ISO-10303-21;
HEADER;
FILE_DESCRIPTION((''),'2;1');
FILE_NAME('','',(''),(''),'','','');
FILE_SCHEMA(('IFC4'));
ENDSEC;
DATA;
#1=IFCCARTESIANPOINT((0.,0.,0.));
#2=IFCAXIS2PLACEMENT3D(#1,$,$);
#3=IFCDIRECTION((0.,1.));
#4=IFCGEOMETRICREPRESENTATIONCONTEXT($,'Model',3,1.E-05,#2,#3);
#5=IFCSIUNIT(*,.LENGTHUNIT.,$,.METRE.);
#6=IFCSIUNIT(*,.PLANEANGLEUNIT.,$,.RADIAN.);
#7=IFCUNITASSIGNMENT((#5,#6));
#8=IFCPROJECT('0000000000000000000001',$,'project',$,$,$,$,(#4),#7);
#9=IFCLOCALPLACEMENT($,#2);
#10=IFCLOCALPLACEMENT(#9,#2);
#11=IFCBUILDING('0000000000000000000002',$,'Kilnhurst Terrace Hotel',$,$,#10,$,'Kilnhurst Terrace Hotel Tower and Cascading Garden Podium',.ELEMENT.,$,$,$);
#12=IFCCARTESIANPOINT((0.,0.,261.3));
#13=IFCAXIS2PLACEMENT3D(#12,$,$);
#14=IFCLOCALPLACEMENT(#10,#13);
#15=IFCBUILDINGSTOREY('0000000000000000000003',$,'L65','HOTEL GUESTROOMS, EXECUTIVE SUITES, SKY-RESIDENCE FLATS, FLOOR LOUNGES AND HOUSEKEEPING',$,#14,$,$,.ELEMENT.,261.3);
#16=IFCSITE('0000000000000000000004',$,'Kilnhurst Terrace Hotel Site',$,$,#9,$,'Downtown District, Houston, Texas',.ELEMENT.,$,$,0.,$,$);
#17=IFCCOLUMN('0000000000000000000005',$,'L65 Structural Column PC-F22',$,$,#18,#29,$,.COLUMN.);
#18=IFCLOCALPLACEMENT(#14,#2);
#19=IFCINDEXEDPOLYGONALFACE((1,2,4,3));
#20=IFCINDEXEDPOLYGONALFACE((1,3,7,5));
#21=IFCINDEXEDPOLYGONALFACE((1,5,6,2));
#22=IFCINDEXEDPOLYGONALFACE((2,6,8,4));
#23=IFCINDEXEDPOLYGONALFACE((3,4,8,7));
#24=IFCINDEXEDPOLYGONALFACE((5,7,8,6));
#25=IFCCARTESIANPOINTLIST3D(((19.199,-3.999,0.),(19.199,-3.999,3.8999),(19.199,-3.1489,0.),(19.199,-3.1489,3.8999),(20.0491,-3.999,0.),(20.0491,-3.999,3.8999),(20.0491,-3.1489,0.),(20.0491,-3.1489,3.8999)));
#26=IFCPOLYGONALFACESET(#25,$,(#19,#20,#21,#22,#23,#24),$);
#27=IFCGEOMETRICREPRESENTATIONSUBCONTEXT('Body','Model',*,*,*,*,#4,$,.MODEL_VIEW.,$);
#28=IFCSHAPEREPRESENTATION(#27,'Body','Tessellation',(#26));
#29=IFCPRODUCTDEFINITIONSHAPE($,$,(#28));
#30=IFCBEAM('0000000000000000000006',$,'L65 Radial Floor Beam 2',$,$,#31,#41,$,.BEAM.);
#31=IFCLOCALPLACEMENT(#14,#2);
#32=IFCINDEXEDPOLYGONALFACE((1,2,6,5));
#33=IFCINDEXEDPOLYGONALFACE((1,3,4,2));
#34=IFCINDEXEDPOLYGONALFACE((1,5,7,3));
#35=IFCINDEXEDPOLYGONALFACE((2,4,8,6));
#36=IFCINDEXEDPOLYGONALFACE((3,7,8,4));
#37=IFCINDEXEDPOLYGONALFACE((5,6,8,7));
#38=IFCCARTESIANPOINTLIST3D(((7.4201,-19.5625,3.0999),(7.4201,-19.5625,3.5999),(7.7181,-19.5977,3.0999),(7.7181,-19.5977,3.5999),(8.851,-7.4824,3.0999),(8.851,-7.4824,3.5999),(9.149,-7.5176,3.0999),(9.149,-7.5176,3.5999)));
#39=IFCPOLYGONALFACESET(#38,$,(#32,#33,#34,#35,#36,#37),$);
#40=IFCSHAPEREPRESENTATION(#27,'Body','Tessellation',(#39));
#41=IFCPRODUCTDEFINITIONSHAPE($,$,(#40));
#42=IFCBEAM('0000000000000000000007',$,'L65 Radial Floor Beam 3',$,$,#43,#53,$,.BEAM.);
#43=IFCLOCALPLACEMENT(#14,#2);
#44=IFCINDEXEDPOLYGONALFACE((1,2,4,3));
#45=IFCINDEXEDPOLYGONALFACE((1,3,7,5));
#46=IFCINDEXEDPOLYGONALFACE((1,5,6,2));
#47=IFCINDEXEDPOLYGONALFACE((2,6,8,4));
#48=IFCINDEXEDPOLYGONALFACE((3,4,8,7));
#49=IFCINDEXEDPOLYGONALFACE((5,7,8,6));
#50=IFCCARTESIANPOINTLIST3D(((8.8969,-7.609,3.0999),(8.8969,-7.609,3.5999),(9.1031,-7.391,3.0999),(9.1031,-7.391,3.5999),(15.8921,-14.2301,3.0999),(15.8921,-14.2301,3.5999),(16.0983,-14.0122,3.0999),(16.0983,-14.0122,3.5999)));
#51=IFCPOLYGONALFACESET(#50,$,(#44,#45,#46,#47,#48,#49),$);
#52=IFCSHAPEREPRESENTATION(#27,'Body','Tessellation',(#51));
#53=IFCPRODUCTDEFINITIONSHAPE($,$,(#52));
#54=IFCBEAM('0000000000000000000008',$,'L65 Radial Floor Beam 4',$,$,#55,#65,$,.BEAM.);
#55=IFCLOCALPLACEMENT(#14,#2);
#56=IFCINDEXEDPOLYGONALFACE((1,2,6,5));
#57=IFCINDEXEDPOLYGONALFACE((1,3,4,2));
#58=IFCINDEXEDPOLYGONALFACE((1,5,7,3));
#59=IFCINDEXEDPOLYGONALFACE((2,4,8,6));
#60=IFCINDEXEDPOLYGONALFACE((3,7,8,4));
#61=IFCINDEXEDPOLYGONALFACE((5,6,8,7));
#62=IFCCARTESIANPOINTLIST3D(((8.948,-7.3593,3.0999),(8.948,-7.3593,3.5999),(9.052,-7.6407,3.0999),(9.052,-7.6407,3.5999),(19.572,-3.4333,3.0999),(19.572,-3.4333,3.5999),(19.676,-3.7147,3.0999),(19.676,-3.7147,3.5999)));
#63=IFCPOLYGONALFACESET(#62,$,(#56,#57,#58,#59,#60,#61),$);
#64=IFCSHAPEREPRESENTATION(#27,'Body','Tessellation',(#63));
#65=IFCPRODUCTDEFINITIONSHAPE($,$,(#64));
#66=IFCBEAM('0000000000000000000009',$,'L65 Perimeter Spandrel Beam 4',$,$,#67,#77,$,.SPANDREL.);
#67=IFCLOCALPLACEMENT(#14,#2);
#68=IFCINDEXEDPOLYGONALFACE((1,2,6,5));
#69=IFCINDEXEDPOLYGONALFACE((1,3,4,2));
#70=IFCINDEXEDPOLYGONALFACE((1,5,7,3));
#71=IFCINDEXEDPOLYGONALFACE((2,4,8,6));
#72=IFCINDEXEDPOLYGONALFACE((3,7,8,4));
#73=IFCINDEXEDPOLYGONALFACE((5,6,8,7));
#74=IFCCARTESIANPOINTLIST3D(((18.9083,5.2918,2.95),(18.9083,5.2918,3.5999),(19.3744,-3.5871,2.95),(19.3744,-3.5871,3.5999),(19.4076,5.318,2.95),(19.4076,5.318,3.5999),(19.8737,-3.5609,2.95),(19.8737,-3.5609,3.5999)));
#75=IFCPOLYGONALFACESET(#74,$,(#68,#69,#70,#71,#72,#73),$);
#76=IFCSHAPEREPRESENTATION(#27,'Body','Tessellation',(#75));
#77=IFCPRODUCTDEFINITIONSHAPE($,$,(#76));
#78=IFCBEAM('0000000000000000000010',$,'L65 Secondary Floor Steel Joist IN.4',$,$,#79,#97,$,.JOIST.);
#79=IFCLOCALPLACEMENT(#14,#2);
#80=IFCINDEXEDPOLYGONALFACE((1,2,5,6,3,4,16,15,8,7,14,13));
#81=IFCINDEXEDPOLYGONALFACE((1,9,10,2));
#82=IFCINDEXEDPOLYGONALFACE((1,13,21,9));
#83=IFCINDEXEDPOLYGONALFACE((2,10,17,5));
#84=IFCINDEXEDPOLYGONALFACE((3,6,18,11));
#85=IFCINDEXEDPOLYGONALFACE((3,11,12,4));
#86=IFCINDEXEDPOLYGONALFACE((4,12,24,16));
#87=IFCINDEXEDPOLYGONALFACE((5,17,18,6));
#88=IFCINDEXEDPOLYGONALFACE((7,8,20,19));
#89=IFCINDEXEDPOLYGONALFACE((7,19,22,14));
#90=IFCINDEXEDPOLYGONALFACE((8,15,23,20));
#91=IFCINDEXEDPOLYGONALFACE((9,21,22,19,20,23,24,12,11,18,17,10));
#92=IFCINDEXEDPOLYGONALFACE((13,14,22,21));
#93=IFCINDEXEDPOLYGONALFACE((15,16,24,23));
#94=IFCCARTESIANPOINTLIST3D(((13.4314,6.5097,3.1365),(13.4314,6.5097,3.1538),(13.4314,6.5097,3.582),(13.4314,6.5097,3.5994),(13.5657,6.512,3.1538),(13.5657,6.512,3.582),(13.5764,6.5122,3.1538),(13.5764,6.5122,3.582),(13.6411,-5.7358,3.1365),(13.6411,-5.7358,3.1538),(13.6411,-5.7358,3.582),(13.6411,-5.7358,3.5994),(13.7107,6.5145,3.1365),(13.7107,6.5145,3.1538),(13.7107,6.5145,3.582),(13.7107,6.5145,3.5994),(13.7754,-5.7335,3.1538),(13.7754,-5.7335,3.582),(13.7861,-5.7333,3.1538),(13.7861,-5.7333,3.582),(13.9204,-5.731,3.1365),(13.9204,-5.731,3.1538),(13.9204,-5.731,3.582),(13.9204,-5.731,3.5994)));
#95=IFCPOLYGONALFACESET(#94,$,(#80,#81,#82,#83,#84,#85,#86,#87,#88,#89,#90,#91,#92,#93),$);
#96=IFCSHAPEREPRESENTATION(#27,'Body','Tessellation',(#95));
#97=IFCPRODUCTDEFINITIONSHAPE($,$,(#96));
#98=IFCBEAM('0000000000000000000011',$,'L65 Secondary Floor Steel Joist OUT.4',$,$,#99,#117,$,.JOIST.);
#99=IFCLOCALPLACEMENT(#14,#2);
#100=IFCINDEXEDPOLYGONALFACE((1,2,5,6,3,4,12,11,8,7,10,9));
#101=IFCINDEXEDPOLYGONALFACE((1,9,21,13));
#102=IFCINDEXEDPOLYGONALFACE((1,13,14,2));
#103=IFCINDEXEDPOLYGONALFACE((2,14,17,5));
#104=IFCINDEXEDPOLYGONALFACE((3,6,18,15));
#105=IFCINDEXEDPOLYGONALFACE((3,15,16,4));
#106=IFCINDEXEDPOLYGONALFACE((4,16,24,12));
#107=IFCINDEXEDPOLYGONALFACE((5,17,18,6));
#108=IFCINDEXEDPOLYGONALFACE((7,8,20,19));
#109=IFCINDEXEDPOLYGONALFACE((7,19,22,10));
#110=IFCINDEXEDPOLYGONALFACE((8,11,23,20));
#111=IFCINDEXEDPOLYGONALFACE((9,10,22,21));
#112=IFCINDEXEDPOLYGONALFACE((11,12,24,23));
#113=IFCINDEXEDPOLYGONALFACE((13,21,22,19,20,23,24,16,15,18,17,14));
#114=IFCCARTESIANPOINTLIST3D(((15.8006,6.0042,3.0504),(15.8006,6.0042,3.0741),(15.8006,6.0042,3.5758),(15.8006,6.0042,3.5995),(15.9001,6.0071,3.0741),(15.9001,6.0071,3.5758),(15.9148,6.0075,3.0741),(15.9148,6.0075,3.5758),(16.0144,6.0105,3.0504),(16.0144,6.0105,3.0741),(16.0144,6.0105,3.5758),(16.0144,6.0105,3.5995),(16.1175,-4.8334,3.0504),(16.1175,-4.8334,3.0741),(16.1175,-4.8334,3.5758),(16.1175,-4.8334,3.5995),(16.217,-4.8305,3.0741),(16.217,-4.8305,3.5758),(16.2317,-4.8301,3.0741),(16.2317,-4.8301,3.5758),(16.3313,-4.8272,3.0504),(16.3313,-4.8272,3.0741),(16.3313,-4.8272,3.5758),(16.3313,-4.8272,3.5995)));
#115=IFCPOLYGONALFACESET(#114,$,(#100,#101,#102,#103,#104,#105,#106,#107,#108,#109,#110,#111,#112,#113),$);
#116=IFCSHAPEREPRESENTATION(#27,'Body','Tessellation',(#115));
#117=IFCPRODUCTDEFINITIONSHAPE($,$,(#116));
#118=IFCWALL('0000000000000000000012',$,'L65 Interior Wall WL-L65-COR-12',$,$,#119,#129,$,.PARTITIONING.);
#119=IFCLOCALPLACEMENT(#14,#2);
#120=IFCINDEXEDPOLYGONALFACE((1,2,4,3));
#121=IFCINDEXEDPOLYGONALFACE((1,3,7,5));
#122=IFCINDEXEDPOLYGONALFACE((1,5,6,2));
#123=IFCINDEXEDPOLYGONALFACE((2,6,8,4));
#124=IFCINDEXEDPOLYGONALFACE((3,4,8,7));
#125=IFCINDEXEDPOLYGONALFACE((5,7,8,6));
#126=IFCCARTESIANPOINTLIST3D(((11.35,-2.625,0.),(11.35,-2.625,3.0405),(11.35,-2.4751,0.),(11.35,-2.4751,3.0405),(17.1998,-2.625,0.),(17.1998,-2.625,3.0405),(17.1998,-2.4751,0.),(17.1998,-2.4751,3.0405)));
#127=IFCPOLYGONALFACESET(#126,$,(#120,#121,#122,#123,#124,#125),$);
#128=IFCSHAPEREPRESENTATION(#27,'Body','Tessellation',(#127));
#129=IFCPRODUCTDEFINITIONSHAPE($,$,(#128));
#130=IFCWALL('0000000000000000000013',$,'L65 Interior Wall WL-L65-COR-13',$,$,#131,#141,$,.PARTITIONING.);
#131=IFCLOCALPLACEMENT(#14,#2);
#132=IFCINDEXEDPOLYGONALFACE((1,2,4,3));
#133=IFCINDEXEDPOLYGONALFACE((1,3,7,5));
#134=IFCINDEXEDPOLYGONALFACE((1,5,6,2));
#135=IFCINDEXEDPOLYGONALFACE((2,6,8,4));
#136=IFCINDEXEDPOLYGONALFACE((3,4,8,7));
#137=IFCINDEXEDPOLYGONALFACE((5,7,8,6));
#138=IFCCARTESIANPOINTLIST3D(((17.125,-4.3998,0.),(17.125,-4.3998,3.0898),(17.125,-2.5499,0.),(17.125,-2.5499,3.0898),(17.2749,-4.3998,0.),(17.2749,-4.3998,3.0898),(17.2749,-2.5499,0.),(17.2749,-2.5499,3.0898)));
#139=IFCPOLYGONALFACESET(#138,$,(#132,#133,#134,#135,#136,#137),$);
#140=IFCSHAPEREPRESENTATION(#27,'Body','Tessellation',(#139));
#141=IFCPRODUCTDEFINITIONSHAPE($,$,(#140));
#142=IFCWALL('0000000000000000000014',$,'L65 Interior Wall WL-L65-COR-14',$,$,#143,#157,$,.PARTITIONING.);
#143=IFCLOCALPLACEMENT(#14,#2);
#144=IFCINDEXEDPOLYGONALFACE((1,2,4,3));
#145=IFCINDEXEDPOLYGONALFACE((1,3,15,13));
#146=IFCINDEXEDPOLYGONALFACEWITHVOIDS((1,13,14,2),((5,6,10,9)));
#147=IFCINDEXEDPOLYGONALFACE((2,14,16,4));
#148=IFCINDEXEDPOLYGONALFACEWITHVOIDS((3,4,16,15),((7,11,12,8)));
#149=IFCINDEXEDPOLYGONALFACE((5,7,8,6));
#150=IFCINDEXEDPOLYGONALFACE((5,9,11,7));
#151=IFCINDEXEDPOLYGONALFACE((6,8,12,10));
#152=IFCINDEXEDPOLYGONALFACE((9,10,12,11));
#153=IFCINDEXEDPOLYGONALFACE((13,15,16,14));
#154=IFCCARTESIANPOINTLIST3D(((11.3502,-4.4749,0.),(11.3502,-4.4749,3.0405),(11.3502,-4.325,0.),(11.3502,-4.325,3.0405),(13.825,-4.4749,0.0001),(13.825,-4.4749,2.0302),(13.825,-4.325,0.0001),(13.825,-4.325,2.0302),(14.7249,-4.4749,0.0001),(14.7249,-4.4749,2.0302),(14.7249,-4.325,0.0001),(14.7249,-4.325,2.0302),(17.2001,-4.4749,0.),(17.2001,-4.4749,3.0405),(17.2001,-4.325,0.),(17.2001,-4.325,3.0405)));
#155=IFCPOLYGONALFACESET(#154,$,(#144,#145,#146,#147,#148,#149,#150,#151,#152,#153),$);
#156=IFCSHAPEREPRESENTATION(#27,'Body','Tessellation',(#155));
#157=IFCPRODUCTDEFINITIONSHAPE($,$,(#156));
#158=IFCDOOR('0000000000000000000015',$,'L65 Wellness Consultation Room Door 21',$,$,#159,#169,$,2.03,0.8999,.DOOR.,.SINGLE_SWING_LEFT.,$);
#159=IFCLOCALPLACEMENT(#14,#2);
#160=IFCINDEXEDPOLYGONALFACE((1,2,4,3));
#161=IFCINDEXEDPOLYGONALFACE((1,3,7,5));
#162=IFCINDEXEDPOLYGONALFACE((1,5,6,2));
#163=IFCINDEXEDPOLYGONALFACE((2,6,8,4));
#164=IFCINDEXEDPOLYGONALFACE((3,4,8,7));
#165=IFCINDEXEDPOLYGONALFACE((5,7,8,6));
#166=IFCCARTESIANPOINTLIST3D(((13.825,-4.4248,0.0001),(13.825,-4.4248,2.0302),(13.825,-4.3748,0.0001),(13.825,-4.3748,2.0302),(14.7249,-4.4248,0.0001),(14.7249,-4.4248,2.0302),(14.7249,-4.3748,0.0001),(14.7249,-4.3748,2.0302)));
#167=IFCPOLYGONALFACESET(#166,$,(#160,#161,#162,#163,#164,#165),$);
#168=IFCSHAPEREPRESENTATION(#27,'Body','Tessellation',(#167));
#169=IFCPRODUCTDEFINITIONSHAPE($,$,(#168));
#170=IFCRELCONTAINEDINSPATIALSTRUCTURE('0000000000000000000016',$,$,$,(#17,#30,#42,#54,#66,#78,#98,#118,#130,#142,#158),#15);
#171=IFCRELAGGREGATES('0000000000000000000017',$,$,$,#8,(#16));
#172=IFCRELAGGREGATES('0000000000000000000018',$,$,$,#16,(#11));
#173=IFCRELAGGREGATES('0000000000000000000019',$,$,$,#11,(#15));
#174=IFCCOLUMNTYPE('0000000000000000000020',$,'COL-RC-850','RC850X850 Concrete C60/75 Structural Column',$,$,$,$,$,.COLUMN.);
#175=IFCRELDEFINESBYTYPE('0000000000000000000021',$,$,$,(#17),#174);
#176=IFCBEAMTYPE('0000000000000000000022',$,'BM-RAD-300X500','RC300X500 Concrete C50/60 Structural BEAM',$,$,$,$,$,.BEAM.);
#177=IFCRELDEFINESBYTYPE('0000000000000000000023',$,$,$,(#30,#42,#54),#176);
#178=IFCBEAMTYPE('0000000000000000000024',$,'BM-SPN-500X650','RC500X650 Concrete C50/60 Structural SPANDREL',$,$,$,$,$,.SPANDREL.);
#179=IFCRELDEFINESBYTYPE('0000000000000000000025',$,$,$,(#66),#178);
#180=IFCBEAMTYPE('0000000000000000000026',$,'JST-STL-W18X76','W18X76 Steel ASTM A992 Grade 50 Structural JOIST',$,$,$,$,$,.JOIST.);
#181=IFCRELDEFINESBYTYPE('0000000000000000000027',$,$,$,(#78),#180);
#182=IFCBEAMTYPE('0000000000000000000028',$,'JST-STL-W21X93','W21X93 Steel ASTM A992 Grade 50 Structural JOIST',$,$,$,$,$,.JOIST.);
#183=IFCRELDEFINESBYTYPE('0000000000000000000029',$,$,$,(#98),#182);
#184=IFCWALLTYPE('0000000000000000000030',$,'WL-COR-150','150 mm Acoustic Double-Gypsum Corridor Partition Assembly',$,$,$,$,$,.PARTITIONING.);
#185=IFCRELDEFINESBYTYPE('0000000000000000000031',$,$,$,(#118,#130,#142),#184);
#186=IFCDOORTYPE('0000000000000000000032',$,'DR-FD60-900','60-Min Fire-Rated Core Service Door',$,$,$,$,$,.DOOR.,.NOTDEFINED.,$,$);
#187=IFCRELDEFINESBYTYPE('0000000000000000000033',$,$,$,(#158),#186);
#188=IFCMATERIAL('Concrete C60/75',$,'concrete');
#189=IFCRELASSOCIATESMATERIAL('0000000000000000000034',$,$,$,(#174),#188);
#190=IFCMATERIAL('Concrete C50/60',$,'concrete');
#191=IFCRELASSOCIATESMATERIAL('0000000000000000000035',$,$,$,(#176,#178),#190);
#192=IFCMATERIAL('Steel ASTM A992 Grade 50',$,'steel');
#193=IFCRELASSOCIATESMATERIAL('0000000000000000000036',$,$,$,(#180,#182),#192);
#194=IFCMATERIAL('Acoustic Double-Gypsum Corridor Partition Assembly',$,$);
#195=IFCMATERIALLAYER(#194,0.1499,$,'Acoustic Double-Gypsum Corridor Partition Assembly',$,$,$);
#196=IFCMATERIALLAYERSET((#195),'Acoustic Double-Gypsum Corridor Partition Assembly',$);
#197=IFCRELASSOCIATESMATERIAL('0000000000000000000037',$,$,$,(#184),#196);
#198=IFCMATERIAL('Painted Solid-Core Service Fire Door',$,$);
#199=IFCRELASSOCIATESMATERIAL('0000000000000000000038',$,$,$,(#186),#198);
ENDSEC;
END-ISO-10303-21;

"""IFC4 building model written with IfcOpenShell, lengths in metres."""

from ifc_helpers import new_model, si_unit, direction, frame, frame_2d, origin, origin_2d, place, context, subcontext, project, spatial, rectangle, i_section, extrude, material, layer, layer_set, material_profile, profile_set, type_object, element, fill, save


model = new_model("IFC4")

# Units and contexts
model_context = context("Model", 3, precision=1e-05, world=origin(), true_north=direction((0.0, 1.0)))
body_context = subcontext(model_context, "Body", "Model", "MODEL_VIEW")
ifc_project = project(units=[si_unit("LENGTHUNIT", "METRE"), si_unit("PLANEANGLEUNIT", "RADIAN")], contexts=[model_context])

# Site, building, storey
site_placement = place(None, origin())
site = spatial("IfcSite", under=ifc_project, at=site_placement, Name="Kilnhurst Terrace Hotel Site", LongName="Downtown District, Houston, Texas", CompositionType="ELEMENT", RefElevation=0.0)
building_placement = place(site_placement, origin())
building = spatial("IfcBuilding", under=site, at=building_placement, Name="Kilnhurst Terrace Hotel", LongName="Kilnhurst Terrace Hotel Tower and Cascading Garden Podium", CompositionType="ELEMENT")
storey_placement = place(building_placement, frame((0.0, 0.0, 261.3)))
storey = spatial("IfcBuildingStorey", under=building, at=storey_placement, Name="L65", Description="HOTEL GUESTROOMS, EXECUTIVE SUITES, SKY-RESIDENCE FLATS, FLOOR LOUNGES AND HOUSEKEEPING", CompositionType="ELEMENT", Elevation=261.3)

# Column
ifc_material_1 = material(Name="Concrete C60/75", Category="concrete")
ifc_material_profile_1 = material_profile(ifc_material_1, rectangle(XDim=0.8501, YDim=0.8501, at=origin_2d()), Name="RC850X850")
ifc_profile_set_1 = profile_set([ifc_material_profile_1], Name="Concrete C60/75")
column_type = type_object("IfcColumnType", Name="COL-RC-850", Description="RC850X850 Concrete C60/75 Structural Column", PredefinedType="COLUMN", material=ifc_profile_set_1)
column_placement = place(storey_placement, frame((19.624, -3.574, 0.0), z_axis=(0.0, 0.0, 1.0), x_axis=(1.0, 0.0, 0.0)))
element("IfcColumn", 1, at=column_placement, inside=storey, type_object=column_type, Name="L65 Structural Column PC-F22", PredefinedType="COLUMN", context=body_context, shape_type="SweptSolid", body=[
    extrude(rectangle(XDim=0.8501, YDim=0.8501, at=origin_2d()), origin(), (0.0, 0.0, 1.0), 3.8999),
])

# Beams
ifc_material_2 = material(Name="Concrete C50/60", Category="concrete")
ifc_material_profile_2 = material_profile(ifc_material_2, rectangle(XDim=0.3, YDim=0.5, at=origin_2d()), Name="RC300X500")
ifc_profile_set_2 = profile_set([ifc_material_profile_2], Name="Concrete C50/60")
beam_type_1 = type_object("IfcBeamType", Name="BM-RAD-300X500", Description="RC300X500 Concrete C50/60 Structural BEAM", PredefinedType="BEAM", material=ifc_profile_set_2)
beam_1_placement = place(storey_placement, frame((9.0, -7.5, 3.3499), z_axis=(-0.11763, -0.993058, 0.0), x_axis=(0.993058, -0.11763, 0.0)))
element("IfcBeam", 2, at=beam_1_placement, inside=storey, type_object=beam_type_1, Name="L65 Radial Floor Beam 2", PredefinedType="BEAM", context=body_context, shape_type="SweptSolid", body=[
    extrude(rectangle(XDim=0.3, YDim=0.5, at=origin_2d()), origin(), (0.0, 0.0, 1.0), 12.1646),
])
beam_2_placement = place(storey_placement, frame((9.0, -7.5, 3.3499), z_axis=(0.726256, -0.687424, 0.0), x_axis=(0.687424, 0.726256, 0.0)))
element("IfcBeam", 3, at=beam_2_placement, inside=storey, type_object=beam_type_1, Name="L65 Radial Floor Beam 3", PredefinedType="BEAM", context=body_context, shape_type="SweptSolid", body=[
    extrude(rectangle(XDim=0.3, YDim=0.5, at=origin_2d()), origin(), (0.0, 0.0, 1.0), 9.6318),
])
beam_3_placement = place(storey_placement, frame((9.0, -7.5, 3.3499), z_axis=(0.938002, 0.346631, 0.0), x_axis=(-0.346631, 0.938002, 0.0)))
element("IfcBeam", 4, at=beam_3_placement, inside=storey, type_object=beam_type_1, Name="L65 Radial Floor Beam 4", PredefinedType="BEAM", context=body_context, shape_type="SweptSolid", body=[
    extrude(rectangle(XDim=0.3, YDim=0.5, at=origin_2d()), origin(), (0.0, 0.0, 1.0), 11.3262),
])
ifc_material_profile_3 = material_profile(ifc_material_2, rectangle(XDim=0.5, YDim=0.6499, at=origin_2d()), Name="RC500X650")
ifc_profile_set_3 = profile_set([ifc_material_profile_3], Name="Concrete C50/60")
beam_type_2 = type_object("IfcBeamType", Name="BM-SPN-500X650", Description="RC500X650 Concrete C50/60 Structural SPANDREL", PredefinedType="SPANDREL", material=ifc_profile_set_3)
beam_4_placement = place(storey_placement, frame((19.624, -3.574, 3.2749), z_axis=(-0.052419, 0.998625, 0.0), x_axis=(-0.998625, -0.052419, 0.0)))
element("IfcBeam", 5, at=beam_4_placement, inside=storey, type_object=beam_type_2, Name="L65 Perimeter Spandrel Beam 4", PredefinedType="SPANDREL", context=body_context, shape_type="SweptSolid", body=[
    extrude(rectangle(XDim=0.5, YDim=0.6499, at=origin_2d()), origin(), (0.0, 0.0, 1.0), 8.8911),
])
ifc_material_3 = material(Name="Steel ASTM A992 Grade 50", Category="steel")
ifc_material_profile_4 = material_profile(ifc_material_3, i_section(OverallWidth=0.2793, OverallDepth=0.4629, WebThickness=0.0107, FlangeThickness=0.0173, at=origin_2d()), Name="W18X76")
ifc_profile_set_4 = profile_set([ifc_material_profile_4], Name="Steel ASTM A992 Grade 50")
beam_type_3 = type_object("IfcBeamType", Name="JST-STL-W18X76", Description="W18X76 Steel ASTM A992 Grade 50 Structural JOIST", PredefinedType="JOIST", material=ifc_profile_set_4)
beam_5_placement = place(storey_placement, frame((13.7808, -5.7334, 3.3679), z_axis=(-0.017123, 0.999853, 0.0), x_axis=(-0.999853, -0.017123, 0.0)))
element("IfcBeam", 6, at=beam_5_placement, inside=storey, type_object=beam_type_3, Name="L65 Secondary Floor Steel Joist IN.4", PredefinedType="JOIST", context=body_context, shape_type="SweptSolid", body=[
    extrude(i_section(OverallWidth=0.2793, OverallDepth=0.4629, WebThickness=0.0107, FlangeThickness=0.0173, at=origin_2d()), origin(), (0.0, 0.0, 1.0), 12.2473),
])
ifc_material_profile_5 = material_profile(ifc_material_3, i_section(OverallWidth=0.2139, OverallDepth=0.5491, WebThickness=0.0146, FlangeThickness=0.0237, at=origin_2d()), Name="W21X93")
ifc_profile_set_5 = profile_set([ifc_material_profile_5], Name="Steel ASTM A992 Grade 50")
beam_type_4 = type_object("IfcBeamType", Name="JST-STL-W21X93", Description="W21X93 Steel ASTM A992 Grade 50 Structural JOIST", PredefinedType="JOIST", material=ifc_profile_set_5)
beam_6_placement = place(storey_placement, frame((16.2244, -4.8303, 3.325), z_axis=(-0.029228, 0.999573, 0.0), x_axis=(-0.999573, -0.029228, 0.0)))
element("IfcBeam", 7, at=beam_6_placement, inside=storey, type_object=beam_type_4, Name="L65 Secondary Floor Steel Joist OUT.4", PredefinedType="JOIST", context=body_context, shape_type="SweptSolid", body=[
    extrude(i_section(OverallWidth=0.2139, OverallDepth=0.5491, WebThickness=0.0146, FlangeThickness=0.0237, at=origin_2d()), origin(), (0.0, 0.0, 1.0), 10.8423),
])

# Walls
ifc_material_4 = material(Name="Acoustic Double-Gypsum Corridor Partition Assembly")
ifc_layer_1 = layer(ifc_material_4, 0.1499, Name="Acoustic Double-Gypsum Corridor Partition Assembly")
ifc_layer_set_1 = layer_set([ifc_layer_1], Name="Acoustic Double-Gypsum Corridor Partition Assembly")
wall_type_1 = type_object("IfcWallType", Name="WL-COR-150", Description="150 mm Acoustic Double-Gypsum Corridor Partition Assembly", PredefinedType="PARTITIONING", material=ifc_layer_set_1)
wall_1_placement = place(storey_placement, frame((11.3501, -2.55, 0.0), z_axis=(0.0, 0.0, 1.0), x_axis=(1.0, 0.0, 0.0)))
element("IfcWall", 8, at=wall_1_placement, inside=storey, type_object=wall_type_1, Name="L65 Interior Wall WL-L65-COR-12", PredefinedType="PARTITIONING", context=body_context, shape_type="SweptSolid", body=[
    extrude(rectangle(XDim=5.8499, YDim=0.1499, at=frame_2d((2.9248, 0.0))), origin(), (0.0, 0.0, 1.0), 3.0405),
])
wall_2_placement = place(storey_placement, frame((17.2, -2.55, 0.0), z_axis=(0.0, 0.0, 1.0), x_axis=(0.0, -1.0, 0.0)))
element("IfcWall", 9, at=wall_2_placement, inside=storey, type_object=wall_type_1, Name="L65 Interior Wall WL-L65-COR-13", PredefinedType="PARTITIONING", context=body_context, shape_type="SweptSolid", body=[
    extrude(rectangle(XDim=1.8499, YDim=0.1499, at=frame_2d((0.9248, 0.0))), origin(), (0.0, 0.0, 1.0), 3.0898),
])

# Wall, opening, door
wall_3_placement = place(storey_placement, frame((17.2, -4.3999, 0.0), z_axis=(0.0, 0.0, 1.0), x_axis=(-1.0, 0.0, 0.0)))
wall_3 = element("IfcWall", 10, at=wall_3_placement, inside=storey, type_object=wall_type_1, Name="L65 Interior Wall WL-L65-COR-14", PredefinedType="PARTITIONING", context=body_context, shape_type="SweptSolid", body=[
    extrude(rectangle(XDim=5.8499, YDim=0.1499, at=frame_2d((2.9248, 0.0))), origin(), (0.0, 0.0, 1.0), 3.0405),
])
opening_1_placement = place(wall_3_placement, frame((2.4751, 0.0, 0.0)))
opening_1 = element("IfcOpeningElement", 11, at=opening_1_placement, cuts=wall_3, PredefinedType="OPENING", context=body_context, shape_type="SweptSolid", body=[
    extrude(rectangle(XDim=0.8999, YDim=2.03, at=frame_2d((0.45, 1.0151))), frame((0.0, 0.085, 0.0), z_axis=(0.0, -1.0, 0.0), x_axis=(1.0, 0.0, 0.0)), (0.0, 0.0, 1.0), 0.1699),
])
ifc_material_5 = material(Name="Painted Solid-Core Service Fire Door")
door_type_1 = type_object("IfcDoorType", Name="DR-FD60-900", Description="60-Min Fire-Rated Core Service Door", OperationType="NOTDEFINED", PredefinedType="DOOR", material=ifc_material_5)
door_1_placement = place(opening_1_placement, origin())
door_1 = element("IfcDoor", 12, at=door_1_placement, inside=storey, type_object=door_type_1, Name="L65 Wellness Consultation Room Door 21", OperationType="SINGLE_SWING_LEFT", OverallHeight=2.03, OverallWidth=0.8999, PredefinedType="DOOR", context=body_context, shape_type="SweptSolid", body=[
    extrude(rectangle(XDim=0.8999, YDim=2.03, at=frame_2d((0.45, 1.0151))), frame((0.0, 0.0249, 0.0), z_axis=(0.0, -1.0, 0.0), x_axis=(1.0, 0.0, 0.0)), (0.0, 0.0, 1.0), 0.05),
])
fill(opening_1, door_1)

save(model, "model.ifc")
